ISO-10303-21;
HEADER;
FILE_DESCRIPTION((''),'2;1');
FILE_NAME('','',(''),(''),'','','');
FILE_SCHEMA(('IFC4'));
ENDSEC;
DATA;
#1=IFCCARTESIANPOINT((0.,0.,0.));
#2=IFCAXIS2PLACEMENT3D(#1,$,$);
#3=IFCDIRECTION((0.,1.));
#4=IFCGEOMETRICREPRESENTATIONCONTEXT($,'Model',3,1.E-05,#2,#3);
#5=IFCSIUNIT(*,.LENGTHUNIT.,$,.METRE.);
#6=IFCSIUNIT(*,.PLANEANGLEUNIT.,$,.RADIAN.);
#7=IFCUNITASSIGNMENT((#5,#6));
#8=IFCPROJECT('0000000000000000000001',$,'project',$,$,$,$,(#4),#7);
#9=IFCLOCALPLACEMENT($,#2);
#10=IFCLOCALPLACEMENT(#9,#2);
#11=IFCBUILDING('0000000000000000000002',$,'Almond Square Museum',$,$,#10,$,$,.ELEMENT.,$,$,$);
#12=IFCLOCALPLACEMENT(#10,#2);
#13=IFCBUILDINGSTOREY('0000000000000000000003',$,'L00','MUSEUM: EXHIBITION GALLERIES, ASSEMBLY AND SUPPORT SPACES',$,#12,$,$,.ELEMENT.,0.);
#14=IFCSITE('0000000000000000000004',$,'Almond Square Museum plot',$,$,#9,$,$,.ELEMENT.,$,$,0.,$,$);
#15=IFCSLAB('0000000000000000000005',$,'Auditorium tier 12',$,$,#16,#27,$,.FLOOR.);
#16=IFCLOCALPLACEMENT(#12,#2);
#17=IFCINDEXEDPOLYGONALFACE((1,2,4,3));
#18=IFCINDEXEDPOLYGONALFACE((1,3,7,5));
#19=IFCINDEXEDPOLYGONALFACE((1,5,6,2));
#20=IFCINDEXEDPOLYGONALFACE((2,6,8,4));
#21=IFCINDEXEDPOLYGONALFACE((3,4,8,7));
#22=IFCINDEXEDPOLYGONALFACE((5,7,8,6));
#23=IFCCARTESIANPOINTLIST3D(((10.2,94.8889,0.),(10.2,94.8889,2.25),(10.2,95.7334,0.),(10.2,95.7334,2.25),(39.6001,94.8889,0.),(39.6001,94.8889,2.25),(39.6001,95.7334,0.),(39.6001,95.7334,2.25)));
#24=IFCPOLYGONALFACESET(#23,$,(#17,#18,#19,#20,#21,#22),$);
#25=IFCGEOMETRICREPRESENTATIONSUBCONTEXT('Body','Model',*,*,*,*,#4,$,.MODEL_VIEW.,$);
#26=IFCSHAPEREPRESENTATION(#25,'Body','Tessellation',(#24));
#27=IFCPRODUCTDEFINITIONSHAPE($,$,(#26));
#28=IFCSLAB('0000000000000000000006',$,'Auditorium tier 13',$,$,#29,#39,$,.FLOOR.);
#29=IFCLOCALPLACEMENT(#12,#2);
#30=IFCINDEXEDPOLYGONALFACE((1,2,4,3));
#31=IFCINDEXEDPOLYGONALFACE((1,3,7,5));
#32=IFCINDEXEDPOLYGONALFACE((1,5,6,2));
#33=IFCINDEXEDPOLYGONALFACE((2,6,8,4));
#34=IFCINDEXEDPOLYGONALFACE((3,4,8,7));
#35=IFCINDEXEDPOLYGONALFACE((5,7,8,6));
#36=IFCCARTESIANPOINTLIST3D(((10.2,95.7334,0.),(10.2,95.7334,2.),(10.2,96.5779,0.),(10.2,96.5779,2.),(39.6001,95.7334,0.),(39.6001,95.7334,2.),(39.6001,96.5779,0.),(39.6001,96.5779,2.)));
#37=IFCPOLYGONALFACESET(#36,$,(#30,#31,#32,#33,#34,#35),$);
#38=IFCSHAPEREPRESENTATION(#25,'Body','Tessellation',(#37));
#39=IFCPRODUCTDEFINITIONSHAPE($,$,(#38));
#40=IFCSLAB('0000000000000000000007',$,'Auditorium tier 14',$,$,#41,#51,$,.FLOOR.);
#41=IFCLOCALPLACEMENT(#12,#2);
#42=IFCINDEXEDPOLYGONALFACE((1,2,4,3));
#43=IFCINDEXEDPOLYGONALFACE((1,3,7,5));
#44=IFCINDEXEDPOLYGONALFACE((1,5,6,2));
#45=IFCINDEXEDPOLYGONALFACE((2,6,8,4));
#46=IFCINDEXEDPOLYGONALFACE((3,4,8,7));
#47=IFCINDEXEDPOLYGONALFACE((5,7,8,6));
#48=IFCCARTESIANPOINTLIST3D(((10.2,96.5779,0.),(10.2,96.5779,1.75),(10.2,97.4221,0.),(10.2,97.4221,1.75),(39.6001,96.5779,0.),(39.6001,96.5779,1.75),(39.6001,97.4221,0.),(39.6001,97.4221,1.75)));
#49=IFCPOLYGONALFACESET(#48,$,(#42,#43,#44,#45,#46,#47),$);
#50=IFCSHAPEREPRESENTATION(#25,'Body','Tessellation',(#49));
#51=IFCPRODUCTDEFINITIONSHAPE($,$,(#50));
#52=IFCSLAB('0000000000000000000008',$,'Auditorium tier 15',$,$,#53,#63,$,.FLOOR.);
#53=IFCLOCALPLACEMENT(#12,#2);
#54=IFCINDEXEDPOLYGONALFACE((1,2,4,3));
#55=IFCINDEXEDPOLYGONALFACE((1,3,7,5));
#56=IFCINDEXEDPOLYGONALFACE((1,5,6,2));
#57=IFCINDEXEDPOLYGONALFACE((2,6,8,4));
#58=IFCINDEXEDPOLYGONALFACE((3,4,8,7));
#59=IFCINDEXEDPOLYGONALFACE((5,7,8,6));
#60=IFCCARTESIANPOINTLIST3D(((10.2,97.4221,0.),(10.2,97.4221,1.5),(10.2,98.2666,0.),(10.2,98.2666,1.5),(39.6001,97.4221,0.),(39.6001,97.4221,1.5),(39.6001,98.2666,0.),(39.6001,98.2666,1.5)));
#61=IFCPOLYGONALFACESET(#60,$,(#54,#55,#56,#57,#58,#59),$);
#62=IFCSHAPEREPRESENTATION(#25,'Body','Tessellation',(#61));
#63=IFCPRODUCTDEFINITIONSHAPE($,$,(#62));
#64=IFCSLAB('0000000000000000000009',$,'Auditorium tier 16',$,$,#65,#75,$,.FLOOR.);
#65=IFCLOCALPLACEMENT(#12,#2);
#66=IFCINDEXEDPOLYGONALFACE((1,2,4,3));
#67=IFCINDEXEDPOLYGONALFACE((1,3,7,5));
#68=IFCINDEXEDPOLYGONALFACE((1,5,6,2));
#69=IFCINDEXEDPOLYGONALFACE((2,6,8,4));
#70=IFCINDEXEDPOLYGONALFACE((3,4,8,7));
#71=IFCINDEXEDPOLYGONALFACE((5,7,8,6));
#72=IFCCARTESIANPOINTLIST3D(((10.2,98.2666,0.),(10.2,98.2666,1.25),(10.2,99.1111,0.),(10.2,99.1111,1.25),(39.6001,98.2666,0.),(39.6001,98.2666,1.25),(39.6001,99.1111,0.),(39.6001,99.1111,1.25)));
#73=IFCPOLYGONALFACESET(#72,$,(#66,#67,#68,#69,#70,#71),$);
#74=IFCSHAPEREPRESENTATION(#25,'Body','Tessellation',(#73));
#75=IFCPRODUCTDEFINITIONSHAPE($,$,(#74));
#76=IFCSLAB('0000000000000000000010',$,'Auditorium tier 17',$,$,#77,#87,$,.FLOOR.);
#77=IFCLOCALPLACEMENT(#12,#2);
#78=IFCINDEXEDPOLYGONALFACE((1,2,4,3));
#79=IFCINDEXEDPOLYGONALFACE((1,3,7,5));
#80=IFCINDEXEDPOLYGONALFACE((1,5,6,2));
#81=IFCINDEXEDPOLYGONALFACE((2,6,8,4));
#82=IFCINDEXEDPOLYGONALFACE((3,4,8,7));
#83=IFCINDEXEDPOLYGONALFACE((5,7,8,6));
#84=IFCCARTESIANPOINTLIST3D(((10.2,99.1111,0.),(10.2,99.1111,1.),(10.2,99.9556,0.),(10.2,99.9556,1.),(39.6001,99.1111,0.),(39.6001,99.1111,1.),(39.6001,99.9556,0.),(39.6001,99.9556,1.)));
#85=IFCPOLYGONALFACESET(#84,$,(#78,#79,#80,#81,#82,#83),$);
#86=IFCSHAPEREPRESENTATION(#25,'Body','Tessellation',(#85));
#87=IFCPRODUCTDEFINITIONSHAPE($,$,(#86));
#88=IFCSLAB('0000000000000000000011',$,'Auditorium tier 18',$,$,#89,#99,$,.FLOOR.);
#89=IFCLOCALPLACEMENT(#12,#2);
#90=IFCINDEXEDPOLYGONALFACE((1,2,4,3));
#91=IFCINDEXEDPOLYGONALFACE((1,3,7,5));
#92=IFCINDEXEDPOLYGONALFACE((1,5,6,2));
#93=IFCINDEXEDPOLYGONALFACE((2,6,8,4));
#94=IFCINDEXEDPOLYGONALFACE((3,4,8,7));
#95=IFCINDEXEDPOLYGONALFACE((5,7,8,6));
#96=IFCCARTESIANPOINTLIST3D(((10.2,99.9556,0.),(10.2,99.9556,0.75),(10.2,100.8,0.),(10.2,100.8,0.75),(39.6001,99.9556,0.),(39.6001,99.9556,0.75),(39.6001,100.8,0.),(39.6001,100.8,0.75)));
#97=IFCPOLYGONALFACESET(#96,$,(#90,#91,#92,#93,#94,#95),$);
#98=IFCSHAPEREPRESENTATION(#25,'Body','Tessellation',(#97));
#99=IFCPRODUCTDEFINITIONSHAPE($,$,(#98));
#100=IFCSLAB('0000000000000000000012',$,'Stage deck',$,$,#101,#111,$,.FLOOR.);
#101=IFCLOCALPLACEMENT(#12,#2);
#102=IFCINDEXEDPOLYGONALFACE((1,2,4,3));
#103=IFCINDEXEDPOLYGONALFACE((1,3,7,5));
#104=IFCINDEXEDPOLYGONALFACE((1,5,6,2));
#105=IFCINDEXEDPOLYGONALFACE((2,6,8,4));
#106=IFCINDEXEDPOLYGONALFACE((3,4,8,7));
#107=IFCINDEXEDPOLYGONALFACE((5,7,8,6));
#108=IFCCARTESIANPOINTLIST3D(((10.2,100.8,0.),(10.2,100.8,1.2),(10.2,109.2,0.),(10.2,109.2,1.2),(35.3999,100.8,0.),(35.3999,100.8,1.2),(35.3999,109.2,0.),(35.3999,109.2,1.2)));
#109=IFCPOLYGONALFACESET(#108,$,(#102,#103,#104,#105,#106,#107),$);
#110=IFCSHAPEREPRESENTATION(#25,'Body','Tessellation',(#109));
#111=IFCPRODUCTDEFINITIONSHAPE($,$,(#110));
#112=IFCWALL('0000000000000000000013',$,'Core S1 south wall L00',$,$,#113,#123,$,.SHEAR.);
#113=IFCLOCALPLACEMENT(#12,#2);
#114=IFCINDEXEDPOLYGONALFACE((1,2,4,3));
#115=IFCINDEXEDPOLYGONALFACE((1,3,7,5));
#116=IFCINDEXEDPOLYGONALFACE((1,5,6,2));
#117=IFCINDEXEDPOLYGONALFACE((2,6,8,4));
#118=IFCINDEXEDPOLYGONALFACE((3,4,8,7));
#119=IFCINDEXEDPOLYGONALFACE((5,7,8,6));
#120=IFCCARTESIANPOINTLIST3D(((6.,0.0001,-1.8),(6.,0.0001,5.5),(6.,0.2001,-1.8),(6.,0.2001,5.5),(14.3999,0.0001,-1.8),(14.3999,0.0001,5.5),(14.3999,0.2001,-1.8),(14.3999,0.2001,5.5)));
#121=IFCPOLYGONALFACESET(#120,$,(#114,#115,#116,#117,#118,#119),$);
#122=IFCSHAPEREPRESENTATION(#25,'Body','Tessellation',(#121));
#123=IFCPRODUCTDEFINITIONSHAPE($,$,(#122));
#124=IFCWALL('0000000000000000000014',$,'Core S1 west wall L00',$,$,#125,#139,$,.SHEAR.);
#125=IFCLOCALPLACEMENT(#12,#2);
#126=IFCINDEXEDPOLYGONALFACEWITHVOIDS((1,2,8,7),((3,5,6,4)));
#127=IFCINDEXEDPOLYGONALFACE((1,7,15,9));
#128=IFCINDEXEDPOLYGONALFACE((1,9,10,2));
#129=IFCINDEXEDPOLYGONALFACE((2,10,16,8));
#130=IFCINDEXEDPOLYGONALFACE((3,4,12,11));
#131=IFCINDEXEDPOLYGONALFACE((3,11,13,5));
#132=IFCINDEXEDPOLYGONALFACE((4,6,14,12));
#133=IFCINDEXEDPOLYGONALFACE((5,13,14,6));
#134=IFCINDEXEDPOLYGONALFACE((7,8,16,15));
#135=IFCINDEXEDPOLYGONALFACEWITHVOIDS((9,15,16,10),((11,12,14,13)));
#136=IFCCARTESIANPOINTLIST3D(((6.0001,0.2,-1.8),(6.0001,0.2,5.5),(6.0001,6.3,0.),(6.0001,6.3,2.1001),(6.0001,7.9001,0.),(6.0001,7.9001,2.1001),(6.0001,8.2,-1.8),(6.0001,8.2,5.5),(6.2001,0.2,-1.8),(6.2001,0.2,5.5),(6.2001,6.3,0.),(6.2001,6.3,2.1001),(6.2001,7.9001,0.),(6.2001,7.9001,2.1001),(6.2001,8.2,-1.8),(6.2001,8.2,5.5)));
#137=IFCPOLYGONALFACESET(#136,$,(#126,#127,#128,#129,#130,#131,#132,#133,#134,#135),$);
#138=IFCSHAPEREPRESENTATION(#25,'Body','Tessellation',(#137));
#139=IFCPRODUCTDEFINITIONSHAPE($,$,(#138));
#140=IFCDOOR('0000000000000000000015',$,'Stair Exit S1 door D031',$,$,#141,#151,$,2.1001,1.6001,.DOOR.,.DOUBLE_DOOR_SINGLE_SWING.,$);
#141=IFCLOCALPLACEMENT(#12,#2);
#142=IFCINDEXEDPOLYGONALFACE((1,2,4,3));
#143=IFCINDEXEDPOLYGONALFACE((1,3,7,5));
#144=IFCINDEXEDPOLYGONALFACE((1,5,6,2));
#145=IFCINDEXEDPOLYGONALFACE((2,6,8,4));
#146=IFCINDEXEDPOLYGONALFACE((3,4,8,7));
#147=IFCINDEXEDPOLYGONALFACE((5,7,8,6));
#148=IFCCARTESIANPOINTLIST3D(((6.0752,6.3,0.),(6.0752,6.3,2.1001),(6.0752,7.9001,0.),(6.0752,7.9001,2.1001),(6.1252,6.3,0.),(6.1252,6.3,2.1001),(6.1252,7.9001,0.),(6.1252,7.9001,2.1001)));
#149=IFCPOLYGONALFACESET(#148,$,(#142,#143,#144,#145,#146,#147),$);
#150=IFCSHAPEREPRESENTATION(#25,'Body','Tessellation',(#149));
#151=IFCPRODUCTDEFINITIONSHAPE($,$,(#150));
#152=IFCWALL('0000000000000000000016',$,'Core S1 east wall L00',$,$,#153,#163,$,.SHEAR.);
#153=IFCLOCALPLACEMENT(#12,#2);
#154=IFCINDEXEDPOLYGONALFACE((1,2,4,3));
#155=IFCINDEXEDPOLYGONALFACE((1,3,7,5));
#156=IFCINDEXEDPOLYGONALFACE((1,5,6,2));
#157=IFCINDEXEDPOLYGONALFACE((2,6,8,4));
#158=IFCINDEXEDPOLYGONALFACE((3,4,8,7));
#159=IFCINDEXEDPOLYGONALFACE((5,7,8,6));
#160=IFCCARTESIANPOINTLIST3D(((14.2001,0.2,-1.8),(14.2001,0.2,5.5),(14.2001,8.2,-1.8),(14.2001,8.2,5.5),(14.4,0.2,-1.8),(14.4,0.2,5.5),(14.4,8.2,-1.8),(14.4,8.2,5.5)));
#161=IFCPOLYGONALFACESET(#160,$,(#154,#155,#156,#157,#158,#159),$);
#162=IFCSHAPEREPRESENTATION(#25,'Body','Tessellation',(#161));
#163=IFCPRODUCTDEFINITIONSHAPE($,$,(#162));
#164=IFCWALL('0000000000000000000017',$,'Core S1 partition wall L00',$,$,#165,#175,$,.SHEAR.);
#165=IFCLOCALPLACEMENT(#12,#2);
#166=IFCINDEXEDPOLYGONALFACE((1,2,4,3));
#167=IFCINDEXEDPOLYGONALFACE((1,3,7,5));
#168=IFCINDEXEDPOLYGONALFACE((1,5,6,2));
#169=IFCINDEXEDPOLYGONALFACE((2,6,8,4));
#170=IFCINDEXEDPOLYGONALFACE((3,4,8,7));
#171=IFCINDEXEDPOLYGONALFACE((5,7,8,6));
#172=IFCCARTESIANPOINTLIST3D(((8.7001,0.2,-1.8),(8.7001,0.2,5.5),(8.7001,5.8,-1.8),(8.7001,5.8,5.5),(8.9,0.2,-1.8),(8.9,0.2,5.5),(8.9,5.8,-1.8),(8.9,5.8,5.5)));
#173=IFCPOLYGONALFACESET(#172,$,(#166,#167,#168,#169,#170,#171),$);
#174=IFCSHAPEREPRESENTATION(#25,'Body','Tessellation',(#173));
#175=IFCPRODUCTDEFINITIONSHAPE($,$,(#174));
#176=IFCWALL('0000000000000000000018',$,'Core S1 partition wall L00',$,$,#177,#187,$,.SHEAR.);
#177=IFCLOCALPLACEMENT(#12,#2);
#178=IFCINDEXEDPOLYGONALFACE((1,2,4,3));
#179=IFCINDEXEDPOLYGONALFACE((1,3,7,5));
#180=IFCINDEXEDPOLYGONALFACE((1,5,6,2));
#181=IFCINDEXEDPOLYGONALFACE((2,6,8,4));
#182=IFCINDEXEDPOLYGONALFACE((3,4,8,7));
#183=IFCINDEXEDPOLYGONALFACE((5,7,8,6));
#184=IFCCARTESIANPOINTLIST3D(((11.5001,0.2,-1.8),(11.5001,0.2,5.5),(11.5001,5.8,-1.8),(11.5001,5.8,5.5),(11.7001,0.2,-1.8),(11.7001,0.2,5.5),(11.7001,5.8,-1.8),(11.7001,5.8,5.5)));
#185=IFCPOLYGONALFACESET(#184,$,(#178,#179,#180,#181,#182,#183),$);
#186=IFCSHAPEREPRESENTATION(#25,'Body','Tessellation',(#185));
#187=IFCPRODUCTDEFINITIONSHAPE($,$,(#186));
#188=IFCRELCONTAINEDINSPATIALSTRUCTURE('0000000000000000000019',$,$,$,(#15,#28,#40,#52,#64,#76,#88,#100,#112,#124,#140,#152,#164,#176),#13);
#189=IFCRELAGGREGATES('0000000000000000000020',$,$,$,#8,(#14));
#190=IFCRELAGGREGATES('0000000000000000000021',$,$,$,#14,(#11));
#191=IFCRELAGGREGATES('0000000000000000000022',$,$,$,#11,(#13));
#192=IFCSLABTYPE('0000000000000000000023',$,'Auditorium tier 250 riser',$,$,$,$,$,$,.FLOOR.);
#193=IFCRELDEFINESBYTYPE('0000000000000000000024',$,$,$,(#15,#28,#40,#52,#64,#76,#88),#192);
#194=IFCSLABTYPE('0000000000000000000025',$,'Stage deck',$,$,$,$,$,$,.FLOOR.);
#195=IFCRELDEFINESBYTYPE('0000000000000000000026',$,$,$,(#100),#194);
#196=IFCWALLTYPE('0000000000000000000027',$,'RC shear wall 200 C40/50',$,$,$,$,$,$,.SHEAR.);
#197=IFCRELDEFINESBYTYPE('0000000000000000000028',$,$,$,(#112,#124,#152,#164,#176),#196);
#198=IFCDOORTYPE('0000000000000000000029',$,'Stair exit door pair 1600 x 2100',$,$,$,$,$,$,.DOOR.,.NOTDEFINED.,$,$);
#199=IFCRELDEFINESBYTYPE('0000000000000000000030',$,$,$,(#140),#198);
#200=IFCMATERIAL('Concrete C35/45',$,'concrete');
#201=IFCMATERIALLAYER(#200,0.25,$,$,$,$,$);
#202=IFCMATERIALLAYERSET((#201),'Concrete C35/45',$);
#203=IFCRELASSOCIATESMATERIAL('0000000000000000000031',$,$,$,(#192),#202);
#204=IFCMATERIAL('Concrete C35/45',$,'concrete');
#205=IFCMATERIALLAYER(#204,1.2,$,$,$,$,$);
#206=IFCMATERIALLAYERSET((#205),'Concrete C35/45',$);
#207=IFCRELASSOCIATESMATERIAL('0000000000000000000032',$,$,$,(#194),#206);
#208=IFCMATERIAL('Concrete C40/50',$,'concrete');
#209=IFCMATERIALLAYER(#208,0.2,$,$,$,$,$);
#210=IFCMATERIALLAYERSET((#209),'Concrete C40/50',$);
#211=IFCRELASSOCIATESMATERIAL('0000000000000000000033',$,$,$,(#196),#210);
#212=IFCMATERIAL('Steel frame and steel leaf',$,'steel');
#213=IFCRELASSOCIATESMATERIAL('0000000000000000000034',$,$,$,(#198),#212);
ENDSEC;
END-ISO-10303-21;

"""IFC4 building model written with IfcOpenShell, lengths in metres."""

from ifc_helpers import new_model, si_unit, direction, frame, frame_2d, origin, place, context, subcontext, project, spatial, polyline, rectangle, outline, extrude, material, layer, layer_set, type_object, element, fill, save


model = new_model("IFC4")

# Units and contexts
model_context = context("Model", 3, precision=1e-05, world=origin(), true_north=direction((0.0, 1.0)))
body_context = subcontext(model_context, "Body", "Model", "MODEL_VIEW")
ifc_project = project(units=[si_unit("LENGTHUNIT", "METRE"), si_unit("PLANEANGLEUNIT", "RADIAN")], contexts=[model_context])

# Site, building, storey
site_placement = place(None, origin())
site = spatial("IfcSite", under=ifc_project, at=site_placement, Name="Almond Square Museum plot", CompositionType="ELEMENT", RefElevation=0.0)
building_placement = place(site_placement, origin())
building = spatial("IfcBuilding", under=site, at=building_placement, Name="Almond Square Museum", CompositionType="ELEMENT")
storey_placement = place(building_placement, origin())
storey = spatial("IfcBuildingStorey", under=building, at=storey_placement, Name="L00", Description="MUSEUM: EXHIBITION GALLERIES, ASSEMBLY AND SUPPORT SPACES", CompositionType="ELEMENT", Elevation=0.0)

# Slabs
ifc_material_1 = material(Name="Concrete C35/45", Category="concrete")
ifc_layer_1 = layer(ifc_material_1, 0.25)
ifc_layer_set_1 = layer_set([ifc_layer_1], Name="Concrete C35/45")
slab_type_1 = type_object("IfcSlabType", Name="Auditorium tier 250 riser", PredefinedType="FLOOR", material=ifc_layer_set_1)
slab_1_placement = place(storey_placement, origin())
element("IfcSlab", 1, at=slab_1_placement, inside=storey, type_object=slab_type_1, Name="Auditorium tier 12", PredefinedType="FLOOR", context=body_context, shape_type="SweptSolid", body=[
    extrude(outline(polyline([(10.2, 94.8889), (39.6001, 94.8889), (39.6001, 95.7334), (10.2, 95.7334), (10.2, 94.8889)])), origin(), (0.0, 0.0, 1.0), 2.25),
])
slab_2_placement = place(storey_placement, origin())
element("IfcSlab", 2, at=slab_2_placement, inside=storey, type_object=slab_type_1, Name="Auditorium tier 13", PredefinedType="FLOOR", context=body_context, shape_type="SweptSolid", body=[
    extrude(outline(polyline([(10.2, 95.7334), (39.6001, 95.7334), (39.6001, 96.5779), (10.2, 96.5779), (10.2, 95.7334)])), origin(), (0.0, 0.0, 1.0), 2.0),
])
slab_3_placement = place(storey_placement, origin())
element("IfcSlab", 3, at=slab_3_placement, inside=storey, type_object=slab_type_1, Name="Auditorium tier 14", PredefinedType="FLOOR", context=body_context, shape_type="SweptSolid", body=[
    extrude(outline(polyline([(10.2, 96.5779), (39.6001, 96.5779), (39.6001, 97.4221), (10.2, 97.4221), (10.2, 96.5779)])), origin(), (0.0, 0.0, 1.0), 1.75),
])
slab_4_placement = place(storey_placement, origin())
element("IfcSlab", 4, at=slab_4_placement, inside=storey, type_object=slab_type_1, Name="Auditorium tier 15", PredefinedType="FLOOR", context=body_context, shape_type="SweptSolid", body=[
    extrude(outline(polyline([(10.2, 97.4221), (39.6001, 97.4221), (39.6001, 98.2666), (10.2, 98.2666), (10.2, 97.4221)])), origin(), (0.0, 0.0, 1.0), 1.5),
])
slab_5_placement = place(storey_placement, origin())
element("IfcSlab", 5, at=slab_5_placement, inside=storey, type_object=slab_type_1, Name="Auditorium tier 16", PredefinedType="FLOOR", context=body_context, shape_type="SweptSolid", body=[
    extrude(outline(polyline([(10.2, 98.2666), (39.6001, 98.2666), (39.6001, 99.1111), (10.2, 99.1111), (10.2, 98.2666)])), origin(), (0.0, 0.0, 1.0), 1.25),
])
slab_6_placement = place(storey_placement, origin())
element("IfcSlab", 6, at=slab_6_placement, inside=storey, type_object=slab_type_1, Name="Auditorium tier 17", PredefinedType="FLOOR", context=body_context, shape_type="SweptSolid", body=[
    extrude(outline(polyline([(10.2, 99.1111), (39.6001, 99.1111), (39.6001, 99.9556), (10.2, 99.9556), (10.2, 99.1111)])), origin(), (0.0, 0.0, 1.0), 1.0),
])
slab_7_placement = place(storey_placement, origin())
element("IfcSlab", 7, at=slab_7_placement, inside=storey, type_object=slab_type_1, Name="Auditorium tier 18", PredefinedType="FLOOR", context=body_context, shape_type="SweptSolid", body=[
    extrude(outline(polyline([(10.2, 99.9556), (39.6001, 99.9556), (39.6001, 100.8), (10.2, 100.8), (10.2, 99.9556)])), origin(), (0.0, 0.0, 1.0), 0.75),
])
ifc_material_2 = material(Name="Concrete C35/45", Category="concrete")
ifc_layer_2 = layer(ifc_material_2, 1.2)
ifc_layer_set_2 = layer_set([ifc_layer_2], Name="Concrete C35/45")
slab_type_2 = type_object("IfcSlabType", Name="Stage deck", PredefinedType="FLOOR", material=ifc_layer_set_2)
slab_8_placement = place(storey_placement, origin())
element("IfcSlab", 8, at=slab_8_placement, inside=storey, type_object=slab_type_2, Name="Stage deck", PredefinedType="FLOOR", context=body_context, shape_type="SweptSolid", body=[
    extrude(outline(polyline([(10.2, 100.8), (35.3999, 100.8), (35.3999, 109.2), (10.2, 109.2), (10.2, 100.8)])), origin(), (0.0, 0.0, 1.0), 1.2),
])

# Wall
ifc_material_3 = material(Name="Concrete C40/50", Category="concrete")
ifc_layer_3 = layer(ifc_material_3, 0.2)
ifc_layer_set_3 = layer_set([ifc_layer_3], Name="Concrete C40/50")
wall_type_1 = type_object("IfcWallType", Name="RC shear wall 200 C40/50", PredefinedType="SHEAR", material=ifc_layer_set_3)
wall_1_placement = place(storey_placement, frame((6.0, 0.1001, -1.8), z_axis=(0.0, 0.0, 1.0), x_axis=(1.0, 0.0, 0.0)))
element("IfcWall", 9, at=wall_1_placement, inside=storey, type_object=wall_type_1, Name="Core S1 south wall L00", PredefinedType="SHEAR", context=body_context, shape_type="SweptSolid", body=[
    extrude(rectangle(XDim=8.3999, YDim=0.2, at=frame_2d((4.2, 0.0))), origin(), (0.0, 0.0, 1.0), 7.3),
])

# Wall, opening, door
wall_2_placement = place(storey_placement, frame((6.1001, 0.2, -1.8), z_axis=(0.0, 0.0, 1.0), x_axis=(0.0, 1.0, 0.0)))
wall_2 = element("IfcWall", 10, at=wall_2_placement, inside=storey, type_object=wall_type_1, Name="Core S1 west wall L00", PredefinedType="SHEAR", context=body_context, shape_type="SweptSolid", body=[
    extrude(rectangle(XDim=8.0, YDim=0.2, at=frame_2d((4.0, 0.0))), origin(), (0.0, 0.0, 1.0), 7.3),
])
opening_1_placement = place(wall_2_placement, frame((6.1001, 0.0, 1.8)))
opening_1 = element("IfcOpeningElement", 11, at=opening_1_placement, cuts=wall_2, PredefinedType="OPENING", context=body_context, shape_type="SweptSolid", body=[
    extrude(rectangle(XDim=1.6001, YDim=2.1001, at=frame_2d((0.8, 1.05))), frame((0.0, 0.1099, 0.0), z_axis=(0.0, -1.0, 0.0), x_axis=(1.0, 0.0, 0.0)), (0.0, 0.0, 1.0), 0.22),
])
ifc_material_4 = material(Name="Steel frame and steel leaf", Category="steel")
door_type = type_object("IfcDoorType", Name="Stair exit door pair 1600 x 2100", OperationType="NOTDEFINED", PredefinedType="DOOR", material=ifc_material_4)
door_placement = place(opening_1_placement, origin())
door = element("IfcDoor", 12, at=door_placement, inside=storey, type_object=door_type, Name="Stair Exit S1 door D031", OperationType="DOUBLE_DOOR_SINGLE_SWING", OverallHeight=2.1001, OverallWidth=1.6001, PredefinedType="DOOR", context=body_context, shape_type="SweptSolid", body=[
    extrude(rectangle(XDim=1.6001, YDim=2.1001, at=frame_2d((0.8, 1.05))), frame((0.0, 0.0249, 0.0), z_axis=(0.0, -1.0, 0.0), x_axis=(1.0, 0.0, 0.0)), (0.0, 0.0, 1.0), 0.05),
])
fill(opening_1, door)

# Walls
wall_3_placement = place(storey_placement, frame((14.3, 0.2, -1.8), z_axis=(0.0, 0.0, 1.0), x_axis=(0.0, 1.0, 0.0)))
element("IfcWall", 13, at=wall_3_placement, inside=storey, type_object=wall_type_1, Name="Core S1 east wall L00", PredefinedType="SHEAR", context=body_context, shape_type="SweptSolid", body=[
    extrude(rectangle(XDim=8.0, YDim=0.2, at=frame_2d((4.0, 0.0))), origin(), (0.0, 0.0, 1.0), 7.3),
])
for number, where, z_axis, x_axis, name in (
    (14, (8.8, 0.2, -1.8), (0.0, 0.0, 1.0), (0.0, 1.0, 0.0), "Core S1 partition wall L00"),
    (15, (11.6001, 0.2, -1.8), (0.0, 0.0, 1.0), (0.0, 1.0, 0.0), "Core S1 partition wall L00"),
):
    element("IfcWall", number, at=place(storey_placement, frame(where, z_axis=z_axis, x_axis=x_axis)), inside=storey, type_object=wall_type_1, Name=name, PredefinedType="SHEAR", context=body_context, shape_type="SweptSolid", body=[
        extrude(rectangle(XDim=5.6001, YDim=0.2, at=frame_2d((2.8, 0.0))), origin(), (0.0, 0.0, 1.0), 7.3),
    ])

save(model, "model.ifc")
